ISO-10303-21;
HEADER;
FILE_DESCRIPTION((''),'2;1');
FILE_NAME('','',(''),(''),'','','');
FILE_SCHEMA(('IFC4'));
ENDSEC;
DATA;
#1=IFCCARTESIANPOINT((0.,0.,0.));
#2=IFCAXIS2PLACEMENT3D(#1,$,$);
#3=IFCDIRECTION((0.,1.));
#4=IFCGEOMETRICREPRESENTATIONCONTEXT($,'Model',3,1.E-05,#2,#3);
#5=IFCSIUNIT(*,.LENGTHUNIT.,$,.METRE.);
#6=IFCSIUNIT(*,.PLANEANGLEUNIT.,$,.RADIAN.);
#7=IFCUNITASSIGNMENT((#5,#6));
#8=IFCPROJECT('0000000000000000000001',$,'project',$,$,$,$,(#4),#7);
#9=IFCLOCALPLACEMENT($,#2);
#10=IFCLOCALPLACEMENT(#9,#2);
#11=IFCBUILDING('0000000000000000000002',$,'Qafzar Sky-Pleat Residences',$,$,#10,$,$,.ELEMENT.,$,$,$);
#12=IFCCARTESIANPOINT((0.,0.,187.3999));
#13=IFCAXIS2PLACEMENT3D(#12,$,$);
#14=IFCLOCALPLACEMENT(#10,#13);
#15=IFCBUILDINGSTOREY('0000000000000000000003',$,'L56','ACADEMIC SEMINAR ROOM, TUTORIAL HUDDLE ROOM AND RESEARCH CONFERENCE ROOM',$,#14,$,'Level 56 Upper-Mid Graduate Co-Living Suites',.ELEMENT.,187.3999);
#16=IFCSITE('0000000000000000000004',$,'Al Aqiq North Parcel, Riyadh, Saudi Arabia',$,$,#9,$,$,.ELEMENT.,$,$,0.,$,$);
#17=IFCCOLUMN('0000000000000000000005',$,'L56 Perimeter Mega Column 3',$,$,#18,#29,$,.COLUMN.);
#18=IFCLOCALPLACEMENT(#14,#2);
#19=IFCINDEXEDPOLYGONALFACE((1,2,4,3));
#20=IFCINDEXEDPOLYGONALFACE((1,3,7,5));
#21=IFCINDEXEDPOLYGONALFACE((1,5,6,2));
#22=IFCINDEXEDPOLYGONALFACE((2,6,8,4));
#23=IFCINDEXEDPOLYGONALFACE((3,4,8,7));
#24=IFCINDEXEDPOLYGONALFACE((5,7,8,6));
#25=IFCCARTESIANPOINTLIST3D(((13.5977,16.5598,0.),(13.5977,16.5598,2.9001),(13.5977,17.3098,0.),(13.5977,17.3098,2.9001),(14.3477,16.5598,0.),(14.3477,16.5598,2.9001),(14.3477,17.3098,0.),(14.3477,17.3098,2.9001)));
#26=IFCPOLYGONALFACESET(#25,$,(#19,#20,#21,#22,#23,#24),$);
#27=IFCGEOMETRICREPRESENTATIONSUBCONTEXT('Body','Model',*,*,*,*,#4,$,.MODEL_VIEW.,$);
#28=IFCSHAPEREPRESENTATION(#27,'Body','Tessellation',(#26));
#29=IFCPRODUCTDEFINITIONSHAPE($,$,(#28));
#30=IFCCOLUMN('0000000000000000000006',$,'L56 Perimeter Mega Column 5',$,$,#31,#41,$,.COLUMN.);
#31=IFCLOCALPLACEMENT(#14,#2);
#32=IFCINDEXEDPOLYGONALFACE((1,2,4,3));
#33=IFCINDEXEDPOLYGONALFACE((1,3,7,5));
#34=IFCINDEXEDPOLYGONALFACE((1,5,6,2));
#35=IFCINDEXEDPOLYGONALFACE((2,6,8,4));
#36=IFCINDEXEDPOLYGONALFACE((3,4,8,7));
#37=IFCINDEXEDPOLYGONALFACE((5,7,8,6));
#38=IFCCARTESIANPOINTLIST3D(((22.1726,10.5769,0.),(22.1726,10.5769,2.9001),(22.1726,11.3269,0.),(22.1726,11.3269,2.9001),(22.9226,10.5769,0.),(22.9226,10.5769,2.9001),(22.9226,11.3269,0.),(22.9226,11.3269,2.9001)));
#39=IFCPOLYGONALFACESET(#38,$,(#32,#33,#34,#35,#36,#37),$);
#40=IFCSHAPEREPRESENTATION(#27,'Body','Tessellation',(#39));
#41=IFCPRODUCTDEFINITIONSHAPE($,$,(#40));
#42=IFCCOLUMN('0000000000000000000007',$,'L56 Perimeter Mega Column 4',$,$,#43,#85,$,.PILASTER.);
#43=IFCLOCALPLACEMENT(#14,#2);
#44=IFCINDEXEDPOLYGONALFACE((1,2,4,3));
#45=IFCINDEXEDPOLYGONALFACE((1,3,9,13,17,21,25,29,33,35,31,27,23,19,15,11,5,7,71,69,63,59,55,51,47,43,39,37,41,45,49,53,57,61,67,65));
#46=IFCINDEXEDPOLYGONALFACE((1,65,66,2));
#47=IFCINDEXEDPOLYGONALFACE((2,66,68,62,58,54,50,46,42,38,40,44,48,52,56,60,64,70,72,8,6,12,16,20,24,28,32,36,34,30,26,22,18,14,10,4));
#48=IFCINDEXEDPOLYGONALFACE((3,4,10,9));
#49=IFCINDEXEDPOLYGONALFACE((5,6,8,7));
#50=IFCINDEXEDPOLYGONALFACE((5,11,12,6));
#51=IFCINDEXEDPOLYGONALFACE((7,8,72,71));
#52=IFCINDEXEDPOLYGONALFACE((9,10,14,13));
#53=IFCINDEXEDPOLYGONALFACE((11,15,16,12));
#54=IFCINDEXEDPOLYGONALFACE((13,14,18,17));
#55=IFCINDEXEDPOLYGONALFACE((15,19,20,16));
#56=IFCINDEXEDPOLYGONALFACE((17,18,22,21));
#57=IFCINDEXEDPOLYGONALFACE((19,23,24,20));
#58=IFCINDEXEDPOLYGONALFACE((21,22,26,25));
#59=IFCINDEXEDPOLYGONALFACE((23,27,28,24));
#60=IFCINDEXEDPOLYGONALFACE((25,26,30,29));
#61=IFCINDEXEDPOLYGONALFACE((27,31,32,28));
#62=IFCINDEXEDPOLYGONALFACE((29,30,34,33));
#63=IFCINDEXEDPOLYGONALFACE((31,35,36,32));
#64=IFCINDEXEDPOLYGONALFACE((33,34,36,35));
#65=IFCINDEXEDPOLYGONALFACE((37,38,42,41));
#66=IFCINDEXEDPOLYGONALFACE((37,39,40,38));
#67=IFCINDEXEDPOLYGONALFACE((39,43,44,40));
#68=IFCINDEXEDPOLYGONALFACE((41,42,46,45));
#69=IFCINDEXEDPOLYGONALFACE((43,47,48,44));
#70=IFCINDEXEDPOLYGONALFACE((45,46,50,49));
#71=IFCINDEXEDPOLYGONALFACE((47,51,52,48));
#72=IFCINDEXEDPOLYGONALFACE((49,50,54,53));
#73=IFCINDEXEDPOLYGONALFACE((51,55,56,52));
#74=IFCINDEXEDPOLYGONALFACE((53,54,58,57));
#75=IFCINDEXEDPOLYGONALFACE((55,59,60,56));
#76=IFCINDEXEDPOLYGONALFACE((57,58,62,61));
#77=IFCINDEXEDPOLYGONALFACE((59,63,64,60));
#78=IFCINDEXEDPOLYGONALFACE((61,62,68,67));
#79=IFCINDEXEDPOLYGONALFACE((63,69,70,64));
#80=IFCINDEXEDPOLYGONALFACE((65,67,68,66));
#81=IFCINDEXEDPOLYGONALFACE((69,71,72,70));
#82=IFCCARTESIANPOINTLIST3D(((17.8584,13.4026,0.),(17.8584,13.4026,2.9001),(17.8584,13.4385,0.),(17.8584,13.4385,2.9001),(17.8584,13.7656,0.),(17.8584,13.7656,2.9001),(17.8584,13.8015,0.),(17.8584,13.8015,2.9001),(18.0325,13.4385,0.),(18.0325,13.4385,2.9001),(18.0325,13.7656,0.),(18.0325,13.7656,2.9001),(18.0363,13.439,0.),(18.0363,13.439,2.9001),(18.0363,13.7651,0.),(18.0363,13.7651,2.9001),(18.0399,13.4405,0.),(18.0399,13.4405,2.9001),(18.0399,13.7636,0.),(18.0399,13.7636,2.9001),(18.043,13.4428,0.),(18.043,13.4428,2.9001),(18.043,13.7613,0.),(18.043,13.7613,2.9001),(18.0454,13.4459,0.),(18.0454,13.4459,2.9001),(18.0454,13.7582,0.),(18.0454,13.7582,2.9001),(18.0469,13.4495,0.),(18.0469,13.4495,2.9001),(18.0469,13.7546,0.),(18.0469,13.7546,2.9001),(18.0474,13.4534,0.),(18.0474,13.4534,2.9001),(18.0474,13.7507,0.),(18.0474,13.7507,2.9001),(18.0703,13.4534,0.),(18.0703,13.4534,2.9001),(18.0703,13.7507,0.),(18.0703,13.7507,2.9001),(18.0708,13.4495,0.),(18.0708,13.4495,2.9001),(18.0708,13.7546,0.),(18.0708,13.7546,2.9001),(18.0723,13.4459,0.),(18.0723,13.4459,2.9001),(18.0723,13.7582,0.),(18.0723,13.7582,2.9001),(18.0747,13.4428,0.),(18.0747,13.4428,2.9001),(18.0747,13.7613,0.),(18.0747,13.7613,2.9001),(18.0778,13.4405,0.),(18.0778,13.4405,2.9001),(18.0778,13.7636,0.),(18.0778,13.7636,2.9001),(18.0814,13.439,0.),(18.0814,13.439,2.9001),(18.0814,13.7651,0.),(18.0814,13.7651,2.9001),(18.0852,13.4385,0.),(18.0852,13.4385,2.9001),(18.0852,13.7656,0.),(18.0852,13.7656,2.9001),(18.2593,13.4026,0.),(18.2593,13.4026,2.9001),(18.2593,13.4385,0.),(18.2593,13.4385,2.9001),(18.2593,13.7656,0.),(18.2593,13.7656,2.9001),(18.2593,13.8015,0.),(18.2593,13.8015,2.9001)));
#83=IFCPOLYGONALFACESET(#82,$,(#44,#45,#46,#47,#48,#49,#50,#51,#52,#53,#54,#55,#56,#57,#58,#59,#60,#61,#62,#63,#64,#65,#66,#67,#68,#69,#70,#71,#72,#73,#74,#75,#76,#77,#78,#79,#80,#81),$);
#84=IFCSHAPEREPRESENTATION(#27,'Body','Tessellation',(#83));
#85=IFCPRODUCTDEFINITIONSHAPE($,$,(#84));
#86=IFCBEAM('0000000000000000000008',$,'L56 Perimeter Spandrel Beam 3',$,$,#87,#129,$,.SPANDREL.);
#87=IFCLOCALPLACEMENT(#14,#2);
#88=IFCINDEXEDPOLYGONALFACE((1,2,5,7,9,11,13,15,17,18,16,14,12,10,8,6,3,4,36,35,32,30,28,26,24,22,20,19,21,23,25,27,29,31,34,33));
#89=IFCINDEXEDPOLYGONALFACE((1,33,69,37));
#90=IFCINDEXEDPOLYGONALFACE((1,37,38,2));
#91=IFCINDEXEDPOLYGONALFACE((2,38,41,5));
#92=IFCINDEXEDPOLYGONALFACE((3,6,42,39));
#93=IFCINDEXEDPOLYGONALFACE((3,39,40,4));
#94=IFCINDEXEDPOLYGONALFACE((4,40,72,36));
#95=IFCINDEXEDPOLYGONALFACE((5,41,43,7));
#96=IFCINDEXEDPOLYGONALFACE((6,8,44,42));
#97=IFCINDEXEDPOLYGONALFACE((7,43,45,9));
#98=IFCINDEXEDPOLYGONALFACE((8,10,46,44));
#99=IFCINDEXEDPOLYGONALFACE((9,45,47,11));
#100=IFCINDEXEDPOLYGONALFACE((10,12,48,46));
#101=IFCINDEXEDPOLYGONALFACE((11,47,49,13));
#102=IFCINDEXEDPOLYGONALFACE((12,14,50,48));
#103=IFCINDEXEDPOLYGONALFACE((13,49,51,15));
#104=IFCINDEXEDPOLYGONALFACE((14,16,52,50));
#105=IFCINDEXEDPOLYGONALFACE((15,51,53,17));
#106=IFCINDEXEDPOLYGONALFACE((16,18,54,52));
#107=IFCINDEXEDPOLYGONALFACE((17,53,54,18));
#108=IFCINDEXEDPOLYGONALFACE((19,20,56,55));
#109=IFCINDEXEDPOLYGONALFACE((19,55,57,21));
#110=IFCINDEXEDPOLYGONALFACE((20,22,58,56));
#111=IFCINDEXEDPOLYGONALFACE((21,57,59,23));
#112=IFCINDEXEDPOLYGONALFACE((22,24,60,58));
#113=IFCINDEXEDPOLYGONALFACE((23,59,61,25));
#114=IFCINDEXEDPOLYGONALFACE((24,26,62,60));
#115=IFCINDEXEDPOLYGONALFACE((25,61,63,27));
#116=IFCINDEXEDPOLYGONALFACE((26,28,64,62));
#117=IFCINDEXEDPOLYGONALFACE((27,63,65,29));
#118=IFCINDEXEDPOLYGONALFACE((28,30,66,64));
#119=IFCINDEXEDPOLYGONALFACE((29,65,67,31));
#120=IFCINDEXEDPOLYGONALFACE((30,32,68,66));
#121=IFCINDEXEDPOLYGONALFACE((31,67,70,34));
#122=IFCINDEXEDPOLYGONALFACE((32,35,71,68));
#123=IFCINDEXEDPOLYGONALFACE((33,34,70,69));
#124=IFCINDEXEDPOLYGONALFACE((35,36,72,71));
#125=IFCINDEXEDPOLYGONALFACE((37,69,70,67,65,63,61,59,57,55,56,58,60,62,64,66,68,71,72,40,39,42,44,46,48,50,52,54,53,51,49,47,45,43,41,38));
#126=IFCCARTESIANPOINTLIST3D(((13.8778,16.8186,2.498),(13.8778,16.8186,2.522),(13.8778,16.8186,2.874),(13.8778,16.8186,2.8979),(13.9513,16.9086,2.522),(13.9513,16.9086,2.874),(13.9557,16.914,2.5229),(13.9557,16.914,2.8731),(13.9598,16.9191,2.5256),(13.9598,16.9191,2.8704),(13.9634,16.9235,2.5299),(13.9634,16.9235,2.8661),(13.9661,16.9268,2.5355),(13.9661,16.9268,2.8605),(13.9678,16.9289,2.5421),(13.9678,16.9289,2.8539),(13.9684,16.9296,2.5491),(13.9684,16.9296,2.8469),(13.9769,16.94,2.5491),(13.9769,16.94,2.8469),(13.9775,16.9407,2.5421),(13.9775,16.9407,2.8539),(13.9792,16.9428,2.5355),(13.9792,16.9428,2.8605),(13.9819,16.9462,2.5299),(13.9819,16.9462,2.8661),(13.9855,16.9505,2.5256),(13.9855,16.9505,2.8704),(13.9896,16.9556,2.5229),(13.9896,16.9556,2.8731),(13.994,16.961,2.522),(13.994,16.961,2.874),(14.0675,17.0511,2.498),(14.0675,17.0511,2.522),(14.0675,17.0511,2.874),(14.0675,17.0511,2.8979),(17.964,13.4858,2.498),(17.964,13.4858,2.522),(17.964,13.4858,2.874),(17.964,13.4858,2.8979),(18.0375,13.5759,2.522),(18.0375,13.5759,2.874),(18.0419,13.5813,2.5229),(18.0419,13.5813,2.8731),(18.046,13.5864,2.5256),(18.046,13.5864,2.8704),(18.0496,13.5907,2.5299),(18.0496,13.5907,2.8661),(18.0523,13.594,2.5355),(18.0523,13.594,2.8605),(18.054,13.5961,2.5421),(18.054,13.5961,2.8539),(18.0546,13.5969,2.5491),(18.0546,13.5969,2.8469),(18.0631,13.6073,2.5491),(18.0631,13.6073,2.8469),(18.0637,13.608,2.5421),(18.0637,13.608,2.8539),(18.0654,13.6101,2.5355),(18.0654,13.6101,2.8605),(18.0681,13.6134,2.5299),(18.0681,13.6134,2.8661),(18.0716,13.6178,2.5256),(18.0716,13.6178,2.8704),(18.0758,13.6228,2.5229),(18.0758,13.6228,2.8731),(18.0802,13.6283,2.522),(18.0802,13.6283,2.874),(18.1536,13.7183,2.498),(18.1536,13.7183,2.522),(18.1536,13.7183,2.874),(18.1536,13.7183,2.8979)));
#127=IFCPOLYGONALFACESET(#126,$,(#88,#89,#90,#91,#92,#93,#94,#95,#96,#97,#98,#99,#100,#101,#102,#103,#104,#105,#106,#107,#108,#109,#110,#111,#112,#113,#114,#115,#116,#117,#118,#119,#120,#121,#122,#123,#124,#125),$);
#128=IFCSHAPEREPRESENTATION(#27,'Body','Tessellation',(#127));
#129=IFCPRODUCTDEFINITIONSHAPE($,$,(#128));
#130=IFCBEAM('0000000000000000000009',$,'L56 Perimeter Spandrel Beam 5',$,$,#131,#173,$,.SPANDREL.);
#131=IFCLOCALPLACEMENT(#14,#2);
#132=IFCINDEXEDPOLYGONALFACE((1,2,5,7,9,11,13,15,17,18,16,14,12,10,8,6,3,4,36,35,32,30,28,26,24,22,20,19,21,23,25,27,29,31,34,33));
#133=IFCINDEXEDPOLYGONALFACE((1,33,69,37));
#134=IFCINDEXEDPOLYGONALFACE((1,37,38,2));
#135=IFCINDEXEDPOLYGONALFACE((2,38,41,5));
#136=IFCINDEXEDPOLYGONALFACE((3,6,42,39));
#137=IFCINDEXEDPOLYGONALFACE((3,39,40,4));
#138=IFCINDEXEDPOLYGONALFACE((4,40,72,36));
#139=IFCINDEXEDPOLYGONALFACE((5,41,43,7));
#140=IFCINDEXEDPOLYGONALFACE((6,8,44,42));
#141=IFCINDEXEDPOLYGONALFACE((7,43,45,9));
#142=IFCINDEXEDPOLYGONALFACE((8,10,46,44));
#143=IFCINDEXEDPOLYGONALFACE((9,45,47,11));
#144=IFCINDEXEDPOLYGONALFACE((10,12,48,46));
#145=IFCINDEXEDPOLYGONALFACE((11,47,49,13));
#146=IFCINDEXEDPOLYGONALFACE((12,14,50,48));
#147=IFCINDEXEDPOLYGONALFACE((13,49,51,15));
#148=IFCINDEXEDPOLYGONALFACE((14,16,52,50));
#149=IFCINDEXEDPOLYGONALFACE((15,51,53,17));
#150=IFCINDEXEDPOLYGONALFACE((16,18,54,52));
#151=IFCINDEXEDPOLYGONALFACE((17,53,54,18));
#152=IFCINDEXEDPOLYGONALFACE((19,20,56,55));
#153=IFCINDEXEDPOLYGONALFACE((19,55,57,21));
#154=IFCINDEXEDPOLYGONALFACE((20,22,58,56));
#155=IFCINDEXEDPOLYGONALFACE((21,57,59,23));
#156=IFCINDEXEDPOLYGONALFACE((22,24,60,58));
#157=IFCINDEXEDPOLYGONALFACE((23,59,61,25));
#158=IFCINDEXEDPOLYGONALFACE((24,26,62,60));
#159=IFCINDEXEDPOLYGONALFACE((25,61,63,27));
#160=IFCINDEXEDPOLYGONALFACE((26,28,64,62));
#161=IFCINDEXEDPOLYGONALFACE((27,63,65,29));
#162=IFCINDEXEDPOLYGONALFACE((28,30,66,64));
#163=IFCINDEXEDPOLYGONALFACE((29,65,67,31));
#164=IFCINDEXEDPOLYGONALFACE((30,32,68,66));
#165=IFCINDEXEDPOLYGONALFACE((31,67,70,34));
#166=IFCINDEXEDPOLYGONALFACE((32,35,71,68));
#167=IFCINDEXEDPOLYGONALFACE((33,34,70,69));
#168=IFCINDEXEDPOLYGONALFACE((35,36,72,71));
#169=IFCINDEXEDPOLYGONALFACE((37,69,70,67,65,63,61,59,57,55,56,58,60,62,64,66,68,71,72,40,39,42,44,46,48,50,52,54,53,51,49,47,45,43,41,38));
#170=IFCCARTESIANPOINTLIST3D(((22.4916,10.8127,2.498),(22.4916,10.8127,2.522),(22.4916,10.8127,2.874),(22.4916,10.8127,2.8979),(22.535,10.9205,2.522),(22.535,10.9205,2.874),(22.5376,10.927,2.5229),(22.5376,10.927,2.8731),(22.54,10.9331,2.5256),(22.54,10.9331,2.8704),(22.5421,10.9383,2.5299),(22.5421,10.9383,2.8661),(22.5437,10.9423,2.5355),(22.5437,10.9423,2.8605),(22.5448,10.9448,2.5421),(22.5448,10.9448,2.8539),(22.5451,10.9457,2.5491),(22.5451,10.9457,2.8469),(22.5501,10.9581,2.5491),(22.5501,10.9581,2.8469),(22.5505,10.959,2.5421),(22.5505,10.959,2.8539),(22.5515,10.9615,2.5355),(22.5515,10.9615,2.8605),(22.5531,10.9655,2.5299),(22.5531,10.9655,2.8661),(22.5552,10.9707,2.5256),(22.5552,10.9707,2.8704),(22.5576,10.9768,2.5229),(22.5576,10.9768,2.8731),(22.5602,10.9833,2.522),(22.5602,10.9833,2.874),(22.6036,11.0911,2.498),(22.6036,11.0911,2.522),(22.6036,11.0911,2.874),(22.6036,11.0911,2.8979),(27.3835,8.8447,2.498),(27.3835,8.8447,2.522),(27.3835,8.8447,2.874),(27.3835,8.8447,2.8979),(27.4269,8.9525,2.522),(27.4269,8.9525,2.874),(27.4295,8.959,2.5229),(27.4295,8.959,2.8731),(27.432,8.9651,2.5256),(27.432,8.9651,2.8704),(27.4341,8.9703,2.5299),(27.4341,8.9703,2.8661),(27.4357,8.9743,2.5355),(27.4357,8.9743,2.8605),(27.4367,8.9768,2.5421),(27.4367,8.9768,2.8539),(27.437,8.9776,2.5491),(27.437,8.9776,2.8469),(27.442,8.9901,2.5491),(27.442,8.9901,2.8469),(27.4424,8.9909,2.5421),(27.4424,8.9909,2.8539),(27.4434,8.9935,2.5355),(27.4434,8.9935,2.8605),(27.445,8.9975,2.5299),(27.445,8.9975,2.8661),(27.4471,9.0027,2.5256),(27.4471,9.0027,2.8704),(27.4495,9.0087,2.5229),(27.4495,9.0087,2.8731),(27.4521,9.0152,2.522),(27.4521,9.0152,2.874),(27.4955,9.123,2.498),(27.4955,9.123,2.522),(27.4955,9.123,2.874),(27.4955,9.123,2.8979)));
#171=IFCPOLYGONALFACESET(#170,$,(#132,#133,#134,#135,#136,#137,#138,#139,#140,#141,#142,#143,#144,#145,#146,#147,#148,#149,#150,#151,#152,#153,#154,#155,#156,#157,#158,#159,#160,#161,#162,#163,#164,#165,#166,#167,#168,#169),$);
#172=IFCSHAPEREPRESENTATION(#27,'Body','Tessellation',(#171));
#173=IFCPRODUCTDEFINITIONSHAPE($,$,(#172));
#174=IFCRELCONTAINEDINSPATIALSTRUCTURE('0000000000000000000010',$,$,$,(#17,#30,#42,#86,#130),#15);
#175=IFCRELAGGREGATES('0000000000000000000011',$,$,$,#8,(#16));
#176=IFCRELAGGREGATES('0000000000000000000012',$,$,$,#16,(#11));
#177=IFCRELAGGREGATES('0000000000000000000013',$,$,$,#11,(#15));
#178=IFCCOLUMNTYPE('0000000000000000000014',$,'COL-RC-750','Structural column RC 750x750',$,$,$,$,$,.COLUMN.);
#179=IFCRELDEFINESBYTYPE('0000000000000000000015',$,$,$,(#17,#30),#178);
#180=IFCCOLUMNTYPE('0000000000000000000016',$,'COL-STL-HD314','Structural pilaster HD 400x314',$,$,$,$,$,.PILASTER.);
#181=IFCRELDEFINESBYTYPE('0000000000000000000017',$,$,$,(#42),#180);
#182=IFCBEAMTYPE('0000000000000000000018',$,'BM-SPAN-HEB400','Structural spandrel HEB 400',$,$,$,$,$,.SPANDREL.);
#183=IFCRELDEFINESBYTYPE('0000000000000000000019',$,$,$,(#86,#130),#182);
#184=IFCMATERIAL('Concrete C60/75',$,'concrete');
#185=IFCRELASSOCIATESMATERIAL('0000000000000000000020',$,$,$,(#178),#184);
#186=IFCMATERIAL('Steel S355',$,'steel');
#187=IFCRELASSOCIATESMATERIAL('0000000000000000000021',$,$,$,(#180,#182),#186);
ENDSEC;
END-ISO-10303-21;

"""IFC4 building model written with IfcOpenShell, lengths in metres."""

from ifc_helpers import new_model, si_unit, direction, frame, origin, origin_2d, place, context, subcontext, project, spatial, rectangle, i_section, extrude, source, transform, mapped, material, material_profile, profile_set, type_object, element, save


model = new_model("IFC4")

# Units and contexts
model_context = context("Model", 3, precision=1e-05, world=origin(), true_north=direction((0.0, 1.0)))
body_context = subcontext(model_context, "Body", "Model", "MODEL_VIEW")
ifc_project = project(units=[si_unit("LENGTHUNIT", "METRE"), si_unit("PLANEANGLEUNIT", "RADIAN")], contexts=[model_context])

# Site, building, storey
site_placement = place(None, origin())
site = spatial("IfcSite", under=ifc_project, at=site_placement, Name="Al Aqiq North Parcel, Riyadh, Saudi Arabia", CompositionType="ELEMENT", RefElevation=0.0)
building_placement = place(site_placement, origin())
building = spatial("IfcBuilding", under=site, at=building_placement, Name="Qafzar Sky-Pleat Residences", CompositionType="ELEMENT")
storey_placement = place(building_placement, frame((0.0, 0.0, 187.3999)))
storey = spatial("IfcBuildingStorey", under=building, at=storey_placement, Name="L56", Description="ACADEMIC SEMINAR ROOM, TUTORIAL HUDDLE ROOM AND RESEARCH CONFERENCE ROOM", LongName="Level 56 Upper-Mid Graduate Co-Living Suites", CompositionType="ELEMENT", Elevation=187.3999)

# Columns
ifc_material_1 = material(Name="Concrete C60/75", Category="concrete")
ifc_material_profile_1 = material_profile(ifc_material_1, rectangle(XDim=0.75, YDim=0.75, at=origin_2d()), Name="RC 750x750")
ifc_profile_set_1 = profile_set([ifc_material_profile_1], Name="Concrete C60/75")
column_type_1 = type_object("IfcColumnType", Name="COL-RC-750", Description="Structural column RC 750x750", PredefinedType="COLUMN", material=ifc_profile_set_1)
shared_shape_1 = source(origin(), body_context, "Body", "SweptSolid", [
    extrude(rectangle(XDim=0.75, YDim=0.75, at=origin_2d()), origin(), (0.0, 0.0, 1.0), 2.9001),
])
for number, where, z_axis, x_axis, name in (
    (1, (13.9727, 16.9348, 0.0), (0.0, 0.0, 1.0), (1.0, 0.0, 0.0), "L56 Perimeter Mega Column 3"),
    (2, (22.5476, 10.9519, 0.0), (0.0, 0.0, 1.0), (1.0, 0.0, 0.0), "L56 Perimeter Mega Column 5"),
):
    element("IfcColumn", number, at=place(storey_placement, frame(where, z_axis=z_axis, x_axis=x_axis)), inside=storey, type_object=column_type_1, Name=name, PredefinedType="COLUMN", context=body_context, shape_type="MappedRepresentation", body=[
        mapped(shared_shape_1, transform((0.0, 0.0, 0.0), x_axis=(1.0, 0.0, 0.0), y_axis=(0.0, 1.0, 0.0), z_axis=(0.0, 0.0, 1.0), scale=1.0)),
    ])
ifc_material_2 = material(Name="Steel S355", Category="steel")
ifc_material_profile_2 = material_profile(ifc_material_2, i_section(OverallWidth=0.4009, OverallDepth=0.3989, WebThickness=0.0229, FlangeThickness=0.0359, FilletRadius=0.0149, at=origin_2d()), Name="HD 400x314")
ifc_profile_set_2 = profile_set([ifc_material_profile_2], Name="Steel S355")
column_type_2 = type_object("IfcColumnType", Name="COL-STL-HD314", Description="Structural pilaster HD 400x314", PredefinedType="PILASTER", material=ifc_profile_set_2)
shared_shape_2 = source(origin(), body_context, "Body", "SweptSolid", [
    extrude(i_section(OverallWidth=0.4009, OverallDepth=0.3989, WebThickness=0.0229, FlangeThickness=0.0359, FilletRadius=0.0149, at=origin_2d()), origin(), (0.0, 0.0, 1.0), 2.9001),
])
column_placement = place(storey_placement, frame((18.0588, 13.6021, 0.0), z_axis=(0.0, 0.0, 1.0), x_axis=(1.0, 0.0, 0.0)))
element("IfcColumn", 3, at=column_placement, inside=storey, type_object=column_type_2, Name="L56 Perimeter Mega Column 4", PredefinedType="PILASTER", context=body_context, shape_type="MappedRepresentation", body=[
    mapped(shared_shape_2, transform((0.0, 0.0, 0.0), x_axis=(1.0, 0.0, 0.0), y_axis=(0.0, 1.0, 0.0), z_axis=(0.0, 0.0, 1.0), scale=1.0)),
])

# Beams
ifc_material_profile_3 = material_profile(ifc_material_2, i_section(OverallWidth=0.3, OverallDepth=0.3999, WebThickness=0.0134, FlangeThickness=0.0239, FilletRadius=0.0271, at=origin_2d()), Name="HEB 400")
ifc_profile_set_3 = profile_set([ifc_material_profile_3], Name="Steel S355")
beam_type_1 = type_object("IfcBeamType", Name="BM-SPAN-HEB400", Description="Structural spandrel HEB 400", PredefinedType="SPANDREL", material=ifc_profile_set_3)
shared_shape_3 = source(origin(), body_context, "Body", "SweptSolid", [
    extrude(i_section(OverallWidth=0.3, OverallDepth=0.3999, WebThickness=0.0134, FlangeThickness=0.0239, FilletRadius=0.0271, at=origin_2d()), origin(), (0.0, 0.0, 1.0), 5.2729),
])
for number, where, z_axis, x_axis, name in (
    (4, (13.9727, 16.9348, 2.698), (0.77493, -0.632047, 0.0), (0.632047, 0.77493, 0.0), "L56 Perimeter Spandrel Beam 3"),
    (5, (22.5476, 10.9519, 2.698), (0.927737, -0.373234, 0.0), (0.373234, 0.927737, 0.0), "L56 Perimeter Spandrel Beam 5"),
):
    element("IfcBeam", number, at=place(storey_placement, frame(where, z_axis=z_axis, x_axis=x_axis)), inside=storey, type_object=beam_type_1, Name=name, PredefinedType="SPANDREL", context=body_context, shape_type="MappedRepresentation", body=[
        mapped(shared_shape_3, transform((0.0, 0.0, 0.0), x_axis=(1.0, 0.0, 0.0), y_axis=(0.0, 1.0, 0.0), z_axis=(0.0, 0.0, 1.0), scale=1.0)),
    ])

save(model, "model.ifc")
